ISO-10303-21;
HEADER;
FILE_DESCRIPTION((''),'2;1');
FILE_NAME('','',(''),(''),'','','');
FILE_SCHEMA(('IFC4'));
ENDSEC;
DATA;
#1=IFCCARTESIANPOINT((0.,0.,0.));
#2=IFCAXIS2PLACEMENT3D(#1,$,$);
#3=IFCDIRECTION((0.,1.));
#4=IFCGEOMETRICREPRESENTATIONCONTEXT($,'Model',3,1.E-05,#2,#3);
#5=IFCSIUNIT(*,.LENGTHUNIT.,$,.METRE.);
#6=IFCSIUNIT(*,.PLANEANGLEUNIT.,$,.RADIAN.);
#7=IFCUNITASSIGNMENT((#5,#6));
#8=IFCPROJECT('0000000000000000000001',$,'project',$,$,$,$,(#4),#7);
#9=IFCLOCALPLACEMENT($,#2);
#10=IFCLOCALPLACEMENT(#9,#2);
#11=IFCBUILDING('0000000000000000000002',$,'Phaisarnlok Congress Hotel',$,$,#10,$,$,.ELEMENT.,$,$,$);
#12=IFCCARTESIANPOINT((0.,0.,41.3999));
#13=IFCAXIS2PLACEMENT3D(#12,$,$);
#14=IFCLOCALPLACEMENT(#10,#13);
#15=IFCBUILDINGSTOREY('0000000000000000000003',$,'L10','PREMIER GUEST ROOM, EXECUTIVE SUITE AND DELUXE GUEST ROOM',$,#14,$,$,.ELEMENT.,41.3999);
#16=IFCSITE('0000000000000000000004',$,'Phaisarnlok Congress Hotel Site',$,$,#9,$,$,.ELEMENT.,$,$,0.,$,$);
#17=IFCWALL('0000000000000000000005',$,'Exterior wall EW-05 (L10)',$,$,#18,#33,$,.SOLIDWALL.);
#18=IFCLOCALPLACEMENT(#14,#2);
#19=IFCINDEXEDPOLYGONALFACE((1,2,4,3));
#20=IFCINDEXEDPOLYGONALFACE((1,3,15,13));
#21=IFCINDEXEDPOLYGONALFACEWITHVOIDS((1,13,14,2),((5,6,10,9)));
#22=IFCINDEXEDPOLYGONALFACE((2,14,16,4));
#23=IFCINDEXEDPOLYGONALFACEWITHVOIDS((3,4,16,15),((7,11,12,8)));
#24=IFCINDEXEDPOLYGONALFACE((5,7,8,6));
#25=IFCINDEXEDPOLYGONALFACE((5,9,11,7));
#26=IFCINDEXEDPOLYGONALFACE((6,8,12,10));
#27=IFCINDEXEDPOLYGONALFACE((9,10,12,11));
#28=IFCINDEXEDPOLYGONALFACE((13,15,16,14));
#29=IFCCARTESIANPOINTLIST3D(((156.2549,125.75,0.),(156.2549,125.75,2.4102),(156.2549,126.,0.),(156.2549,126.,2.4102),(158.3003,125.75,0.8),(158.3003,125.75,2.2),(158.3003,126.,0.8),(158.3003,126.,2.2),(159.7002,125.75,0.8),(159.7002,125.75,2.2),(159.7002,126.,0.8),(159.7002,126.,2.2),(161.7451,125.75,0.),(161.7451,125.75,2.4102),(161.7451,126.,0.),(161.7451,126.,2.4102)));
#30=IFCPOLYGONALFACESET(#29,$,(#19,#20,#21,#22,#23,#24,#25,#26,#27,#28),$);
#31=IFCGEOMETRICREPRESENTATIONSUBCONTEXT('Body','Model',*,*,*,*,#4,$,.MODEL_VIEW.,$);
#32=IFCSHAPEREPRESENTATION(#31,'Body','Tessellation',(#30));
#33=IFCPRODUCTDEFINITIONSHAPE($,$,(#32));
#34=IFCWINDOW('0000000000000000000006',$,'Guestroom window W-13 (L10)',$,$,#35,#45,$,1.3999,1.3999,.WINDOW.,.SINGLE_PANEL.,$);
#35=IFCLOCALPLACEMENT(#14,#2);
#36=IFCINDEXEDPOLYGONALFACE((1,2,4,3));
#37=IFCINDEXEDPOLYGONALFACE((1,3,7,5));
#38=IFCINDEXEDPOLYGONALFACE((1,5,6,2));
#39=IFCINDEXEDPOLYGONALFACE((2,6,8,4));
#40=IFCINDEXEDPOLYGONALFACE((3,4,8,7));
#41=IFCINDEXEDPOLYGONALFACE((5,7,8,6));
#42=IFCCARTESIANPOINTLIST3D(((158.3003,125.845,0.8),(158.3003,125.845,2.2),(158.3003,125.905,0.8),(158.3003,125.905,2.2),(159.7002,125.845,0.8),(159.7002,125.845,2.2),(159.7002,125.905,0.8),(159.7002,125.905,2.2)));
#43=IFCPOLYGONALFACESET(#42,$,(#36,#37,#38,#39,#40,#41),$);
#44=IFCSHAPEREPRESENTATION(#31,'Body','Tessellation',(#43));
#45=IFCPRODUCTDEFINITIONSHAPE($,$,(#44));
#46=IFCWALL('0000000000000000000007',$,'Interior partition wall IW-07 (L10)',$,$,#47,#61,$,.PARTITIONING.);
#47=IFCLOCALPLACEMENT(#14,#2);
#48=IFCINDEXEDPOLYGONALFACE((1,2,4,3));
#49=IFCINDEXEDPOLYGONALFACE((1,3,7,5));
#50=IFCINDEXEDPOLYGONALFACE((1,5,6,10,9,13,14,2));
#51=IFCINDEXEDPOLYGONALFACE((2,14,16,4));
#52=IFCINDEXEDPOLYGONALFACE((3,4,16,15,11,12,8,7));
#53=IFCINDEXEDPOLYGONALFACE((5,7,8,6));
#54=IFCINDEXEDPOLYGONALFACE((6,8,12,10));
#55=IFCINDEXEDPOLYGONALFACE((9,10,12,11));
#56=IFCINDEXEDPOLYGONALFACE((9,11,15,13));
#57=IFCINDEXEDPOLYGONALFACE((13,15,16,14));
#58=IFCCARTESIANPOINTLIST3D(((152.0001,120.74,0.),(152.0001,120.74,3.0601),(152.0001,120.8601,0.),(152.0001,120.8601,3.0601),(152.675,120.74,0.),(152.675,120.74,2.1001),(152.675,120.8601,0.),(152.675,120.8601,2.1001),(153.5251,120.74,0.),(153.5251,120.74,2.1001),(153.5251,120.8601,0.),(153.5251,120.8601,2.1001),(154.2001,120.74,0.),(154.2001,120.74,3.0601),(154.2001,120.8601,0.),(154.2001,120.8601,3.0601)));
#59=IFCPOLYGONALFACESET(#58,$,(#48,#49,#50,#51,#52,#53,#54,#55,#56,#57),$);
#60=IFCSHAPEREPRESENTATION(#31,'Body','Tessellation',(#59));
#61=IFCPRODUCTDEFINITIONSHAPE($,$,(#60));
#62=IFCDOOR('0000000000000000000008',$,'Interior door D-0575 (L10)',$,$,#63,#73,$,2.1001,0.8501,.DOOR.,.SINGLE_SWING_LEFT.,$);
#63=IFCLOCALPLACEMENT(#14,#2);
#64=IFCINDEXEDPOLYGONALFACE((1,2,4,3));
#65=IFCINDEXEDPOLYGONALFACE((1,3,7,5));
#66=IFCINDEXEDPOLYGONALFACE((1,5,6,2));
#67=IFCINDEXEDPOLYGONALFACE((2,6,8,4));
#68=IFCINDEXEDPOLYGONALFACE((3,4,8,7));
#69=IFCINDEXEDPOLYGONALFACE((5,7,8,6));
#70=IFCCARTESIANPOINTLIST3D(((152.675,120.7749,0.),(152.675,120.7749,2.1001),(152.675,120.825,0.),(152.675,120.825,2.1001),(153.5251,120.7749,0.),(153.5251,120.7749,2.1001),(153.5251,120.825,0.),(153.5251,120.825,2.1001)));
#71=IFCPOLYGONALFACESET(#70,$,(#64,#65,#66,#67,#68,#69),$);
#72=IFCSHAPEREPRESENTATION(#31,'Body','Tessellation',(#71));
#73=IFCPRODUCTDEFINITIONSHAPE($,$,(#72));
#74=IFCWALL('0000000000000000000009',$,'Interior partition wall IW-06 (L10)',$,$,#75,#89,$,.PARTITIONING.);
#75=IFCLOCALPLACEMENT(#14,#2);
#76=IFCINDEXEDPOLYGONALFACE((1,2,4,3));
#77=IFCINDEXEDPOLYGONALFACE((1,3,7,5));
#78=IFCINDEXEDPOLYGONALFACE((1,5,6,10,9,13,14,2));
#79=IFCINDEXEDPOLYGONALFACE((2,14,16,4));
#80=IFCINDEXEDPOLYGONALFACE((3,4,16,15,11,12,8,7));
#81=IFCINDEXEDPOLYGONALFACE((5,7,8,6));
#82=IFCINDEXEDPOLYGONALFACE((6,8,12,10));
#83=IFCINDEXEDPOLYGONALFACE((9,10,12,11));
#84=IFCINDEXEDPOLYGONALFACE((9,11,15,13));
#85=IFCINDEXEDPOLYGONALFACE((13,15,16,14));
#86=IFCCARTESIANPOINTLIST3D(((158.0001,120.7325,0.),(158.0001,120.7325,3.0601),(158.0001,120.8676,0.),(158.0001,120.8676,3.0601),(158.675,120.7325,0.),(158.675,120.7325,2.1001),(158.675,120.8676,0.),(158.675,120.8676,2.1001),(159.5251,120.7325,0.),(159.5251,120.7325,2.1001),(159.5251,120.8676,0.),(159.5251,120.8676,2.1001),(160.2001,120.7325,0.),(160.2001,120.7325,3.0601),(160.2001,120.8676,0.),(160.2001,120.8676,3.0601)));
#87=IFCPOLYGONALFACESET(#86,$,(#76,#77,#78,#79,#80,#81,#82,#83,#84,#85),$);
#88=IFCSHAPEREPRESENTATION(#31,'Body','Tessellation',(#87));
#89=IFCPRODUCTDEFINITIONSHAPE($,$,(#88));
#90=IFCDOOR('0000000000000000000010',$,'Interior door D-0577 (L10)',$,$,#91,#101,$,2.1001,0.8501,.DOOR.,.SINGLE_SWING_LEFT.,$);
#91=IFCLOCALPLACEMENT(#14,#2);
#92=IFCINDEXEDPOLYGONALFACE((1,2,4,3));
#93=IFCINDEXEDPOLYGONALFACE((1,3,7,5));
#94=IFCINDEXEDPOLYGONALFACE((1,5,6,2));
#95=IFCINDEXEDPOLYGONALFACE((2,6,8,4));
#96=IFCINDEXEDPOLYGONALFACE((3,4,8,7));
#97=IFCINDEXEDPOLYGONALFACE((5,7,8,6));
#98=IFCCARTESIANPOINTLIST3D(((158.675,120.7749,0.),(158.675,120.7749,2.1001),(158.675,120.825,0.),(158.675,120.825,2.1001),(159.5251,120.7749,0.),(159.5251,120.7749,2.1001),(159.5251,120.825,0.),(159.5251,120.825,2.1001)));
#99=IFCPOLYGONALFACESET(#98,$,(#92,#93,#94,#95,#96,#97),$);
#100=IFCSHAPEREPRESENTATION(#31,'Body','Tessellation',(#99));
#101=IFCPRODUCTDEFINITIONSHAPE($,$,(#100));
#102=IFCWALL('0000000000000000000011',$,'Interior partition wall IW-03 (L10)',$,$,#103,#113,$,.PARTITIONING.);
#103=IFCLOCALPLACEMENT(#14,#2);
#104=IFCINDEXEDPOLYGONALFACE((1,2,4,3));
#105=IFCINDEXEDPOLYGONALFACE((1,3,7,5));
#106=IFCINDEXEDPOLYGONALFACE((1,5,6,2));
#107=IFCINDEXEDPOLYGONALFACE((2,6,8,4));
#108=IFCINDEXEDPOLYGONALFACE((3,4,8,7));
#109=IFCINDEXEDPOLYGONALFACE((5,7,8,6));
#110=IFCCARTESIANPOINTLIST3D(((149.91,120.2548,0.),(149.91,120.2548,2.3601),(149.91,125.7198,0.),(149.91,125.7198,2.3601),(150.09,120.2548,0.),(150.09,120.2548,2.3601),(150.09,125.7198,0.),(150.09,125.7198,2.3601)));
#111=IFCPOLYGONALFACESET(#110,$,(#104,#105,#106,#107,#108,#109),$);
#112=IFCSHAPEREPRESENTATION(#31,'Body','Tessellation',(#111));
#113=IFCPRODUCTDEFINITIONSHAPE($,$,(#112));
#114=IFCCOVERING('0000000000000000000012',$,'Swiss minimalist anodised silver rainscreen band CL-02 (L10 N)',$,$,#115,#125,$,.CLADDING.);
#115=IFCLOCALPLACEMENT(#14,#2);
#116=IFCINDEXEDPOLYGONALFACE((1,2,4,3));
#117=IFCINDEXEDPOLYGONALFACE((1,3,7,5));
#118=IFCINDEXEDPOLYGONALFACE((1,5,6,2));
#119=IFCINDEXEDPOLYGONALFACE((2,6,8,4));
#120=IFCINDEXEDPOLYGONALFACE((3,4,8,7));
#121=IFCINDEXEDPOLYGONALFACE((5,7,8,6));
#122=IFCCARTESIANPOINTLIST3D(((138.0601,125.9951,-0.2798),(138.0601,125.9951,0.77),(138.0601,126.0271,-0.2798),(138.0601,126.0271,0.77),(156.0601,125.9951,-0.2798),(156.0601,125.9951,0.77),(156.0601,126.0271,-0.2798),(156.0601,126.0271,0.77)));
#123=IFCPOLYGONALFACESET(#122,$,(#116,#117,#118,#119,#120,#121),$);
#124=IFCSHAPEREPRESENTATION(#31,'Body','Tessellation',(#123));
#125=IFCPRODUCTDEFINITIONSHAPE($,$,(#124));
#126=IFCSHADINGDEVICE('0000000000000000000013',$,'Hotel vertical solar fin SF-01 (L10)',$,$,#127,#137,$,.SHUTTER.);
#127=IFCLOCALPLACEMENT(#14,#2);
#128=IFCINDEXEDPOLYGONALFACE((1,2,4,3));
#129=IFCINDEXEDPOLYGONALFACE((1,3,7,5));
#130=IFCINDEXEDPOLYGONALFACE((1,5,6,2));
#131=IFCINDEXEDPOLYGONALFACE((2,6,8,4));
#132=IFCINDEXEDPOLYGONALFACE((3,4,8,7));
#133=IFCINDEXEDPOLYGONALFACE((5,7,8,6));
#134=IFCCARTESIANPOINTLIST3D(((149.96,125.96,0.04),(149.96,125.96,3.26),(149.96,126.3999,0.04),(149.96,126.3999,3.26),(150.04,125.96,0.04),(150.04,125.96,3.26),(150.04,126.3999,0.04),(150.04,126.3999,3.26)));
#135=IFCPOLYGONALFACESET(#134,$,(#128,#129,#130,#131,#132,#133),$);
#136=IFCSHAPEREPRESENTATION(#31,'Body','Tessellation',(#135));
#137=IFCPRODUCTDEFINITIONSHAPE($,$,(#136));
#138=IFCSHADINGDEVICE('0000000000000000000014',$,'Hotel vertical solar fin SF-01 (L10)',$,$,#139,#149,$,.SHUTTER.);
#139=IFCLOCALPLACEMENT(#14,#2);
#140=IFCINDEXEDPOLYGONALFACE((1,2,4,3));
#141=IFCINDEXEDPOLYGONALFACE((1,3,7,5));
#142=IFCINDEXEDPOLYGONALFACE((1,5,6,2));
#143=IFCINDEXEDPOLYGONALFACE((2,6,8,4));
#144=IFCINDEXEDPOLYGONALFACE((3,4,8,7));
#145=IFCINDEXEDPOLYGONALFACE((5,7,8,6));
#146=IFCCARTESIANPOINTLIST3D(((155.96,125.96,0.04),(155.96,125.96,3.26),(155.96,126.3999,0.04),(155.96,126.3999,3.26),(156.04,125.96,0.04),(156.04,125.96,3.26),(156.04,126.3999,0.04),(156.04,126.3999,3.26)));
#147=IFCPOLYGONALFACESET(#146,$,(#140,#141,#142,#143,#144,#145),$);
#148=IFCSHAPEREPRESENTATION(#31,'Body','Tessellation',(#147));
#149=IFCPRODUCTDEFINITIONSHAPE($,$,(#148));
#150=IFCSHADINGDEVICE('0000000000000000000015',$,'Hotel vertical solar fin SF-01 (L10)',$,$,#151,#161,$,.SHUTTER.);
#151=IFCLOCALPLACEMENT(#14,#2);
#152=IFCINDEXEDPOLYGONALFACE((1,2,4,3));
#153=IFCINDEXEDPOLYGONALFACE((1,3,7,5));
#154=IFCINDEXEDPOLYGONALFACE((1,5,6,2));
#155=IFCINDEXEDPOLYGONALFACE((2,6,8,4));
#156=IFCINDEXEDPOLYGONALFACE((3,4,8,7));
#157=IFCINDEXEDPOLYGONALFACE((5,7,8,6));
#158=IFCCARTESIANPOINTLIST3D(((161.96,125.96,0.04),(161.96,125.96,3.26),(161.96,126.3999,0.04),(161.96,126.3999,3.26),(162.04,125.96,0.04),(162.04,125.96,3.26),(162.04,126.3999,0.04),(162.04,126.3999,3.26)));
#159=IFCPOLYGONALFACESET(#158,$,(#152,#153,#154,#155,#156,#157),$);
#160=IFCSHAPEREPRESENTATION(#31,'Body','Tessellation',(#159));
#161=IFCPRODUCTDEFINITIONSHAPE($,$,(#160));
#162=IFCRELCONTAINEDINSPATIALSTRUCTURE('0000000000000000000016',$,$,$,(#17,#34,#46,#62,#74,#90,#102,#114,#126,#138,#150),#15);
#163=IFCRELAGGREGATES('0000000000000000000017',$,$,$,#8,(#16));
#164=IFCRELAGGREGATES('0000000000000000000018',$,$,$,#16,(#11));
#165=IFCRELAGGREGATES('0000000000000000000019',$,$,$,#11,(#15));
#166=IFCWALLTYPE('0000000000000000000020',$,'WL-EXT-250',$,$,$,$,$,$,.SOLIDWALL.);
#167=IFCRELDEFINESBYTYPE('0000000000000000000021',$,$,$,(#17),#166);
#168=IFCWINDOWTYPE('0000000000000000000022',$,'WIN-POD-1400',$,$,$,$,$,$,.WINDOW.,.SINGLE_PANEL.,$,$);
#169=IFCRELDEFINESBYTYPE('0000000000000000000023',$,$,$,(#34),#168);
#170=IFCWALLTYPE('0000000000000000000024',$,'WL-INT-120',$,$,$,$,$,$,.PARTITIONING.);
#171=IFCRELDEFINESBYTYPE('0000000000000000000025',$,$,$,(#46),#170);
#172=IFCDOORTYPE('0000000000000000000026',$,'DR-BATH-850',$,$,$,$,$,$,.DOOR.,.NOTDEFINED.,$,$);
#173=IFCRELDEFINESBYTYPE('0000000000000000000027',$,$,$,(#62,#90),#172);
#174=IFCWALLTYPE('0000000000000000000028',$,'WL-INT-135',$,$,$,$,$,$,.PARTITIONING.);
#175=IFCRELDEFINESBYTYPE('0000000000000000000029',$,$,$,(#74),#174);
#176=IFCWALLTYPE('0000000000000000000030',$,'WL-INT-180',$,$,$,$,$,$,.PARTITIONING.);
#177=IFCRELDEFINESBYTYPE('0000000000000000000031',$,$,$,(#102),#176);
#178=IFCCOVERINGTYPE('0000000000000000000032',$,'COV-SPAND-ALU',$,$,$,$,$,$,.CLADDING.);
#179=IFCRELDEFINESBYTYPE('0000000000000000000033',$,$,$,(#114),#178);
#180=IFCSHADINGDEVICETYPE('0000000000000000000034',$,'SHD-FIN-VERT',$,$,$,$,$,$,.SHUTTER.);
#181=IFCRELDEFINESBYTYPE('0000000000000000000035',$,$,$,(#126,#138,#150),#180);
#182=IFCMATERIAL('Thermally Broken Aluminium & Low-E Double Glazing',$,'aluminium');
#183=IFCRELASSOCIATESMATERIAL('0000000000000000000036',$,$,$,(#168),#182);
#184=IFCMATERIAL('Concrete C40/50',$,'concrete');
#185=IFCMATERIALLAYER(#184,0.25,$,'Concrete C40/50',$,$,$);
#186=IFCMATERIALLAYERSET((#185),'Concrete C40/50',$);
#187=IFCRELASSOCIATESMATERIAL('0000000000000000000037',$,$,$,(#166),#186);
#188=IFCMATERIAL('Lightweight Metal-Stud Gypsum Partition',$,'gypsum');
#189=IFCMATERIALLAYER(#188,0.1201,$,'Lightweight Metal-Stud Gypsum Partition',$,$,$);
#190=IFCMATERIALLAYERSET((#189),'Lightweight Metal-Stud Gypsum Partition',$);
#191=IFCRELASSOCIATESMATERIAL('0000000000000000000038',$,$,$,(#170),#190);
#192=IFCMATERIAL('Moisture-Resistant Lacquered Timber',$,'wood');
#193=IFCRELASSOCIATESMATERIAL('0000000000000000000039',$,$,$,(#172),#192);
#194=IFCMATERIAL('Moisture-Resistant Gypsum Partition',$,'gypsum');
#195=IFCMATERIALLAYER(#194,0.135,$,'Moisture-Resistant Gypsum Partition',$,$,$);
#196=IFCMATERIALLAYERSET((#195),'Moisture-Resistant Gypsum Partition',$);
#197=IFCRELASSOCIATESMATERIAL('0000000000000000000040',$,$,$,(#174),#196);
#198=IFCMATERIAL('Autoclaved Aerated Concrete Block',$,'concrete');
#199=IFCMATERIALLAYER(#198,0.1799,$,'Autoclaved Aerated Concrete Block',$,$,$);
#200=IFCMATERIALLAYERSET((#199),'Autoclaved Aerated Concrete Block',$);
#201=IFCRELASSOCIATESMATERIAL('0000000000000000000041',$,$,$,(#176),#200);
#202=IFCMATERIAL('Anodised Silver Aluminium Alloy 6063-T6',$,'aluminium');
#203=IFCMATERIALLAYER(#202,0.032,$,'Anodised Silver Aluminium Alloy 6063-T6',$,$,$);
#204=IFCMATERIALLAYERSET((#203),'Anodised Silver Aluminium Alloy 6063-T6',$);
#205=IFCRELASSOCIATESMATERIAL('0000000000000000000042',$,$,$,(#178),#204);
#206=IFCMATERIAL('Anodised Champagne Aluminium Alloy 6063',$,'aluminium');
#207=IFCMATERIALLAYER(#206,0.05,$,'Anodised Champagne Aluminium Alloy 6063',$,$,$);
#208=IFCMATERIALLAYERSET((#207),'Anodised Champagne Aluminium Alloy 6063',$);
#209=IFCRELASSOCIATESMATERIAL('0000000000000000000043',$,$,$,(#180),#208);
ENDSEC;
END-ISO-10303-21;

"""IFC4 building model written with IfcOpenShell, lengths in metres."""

from ifc_helpers import new_model, si_unit, direction, frame, frame_2d, origin, origin_2d, place, context, subcontext, project, spatial, polyline, rectangle, outline, extrude, material, layer, layer_set, type_object, element, fill, save


model = new_model("IFC4")

# Units and contexts
model_context = context("Model", 3, precision=1e-05, world=origin(), true_north=direction((0.0, 1.0)))
body_context = subcontext(model_context, "Body", "Model", "MODEL_VIEW")
ifc_project = project(units=[si_unit("LENGTHUNIT", "METRE"), si_unit("PLANEANGLEUNIT", "RADIAN")], contexts=[model_context])

# Site, building, storey
site_placement = place(None, origin())
site = spatial("IfcSite", under=ifc_project, at=site_placement, Name="Phaisarnlok Congress Hotel Site", CompositionType="ELEMENT", RefElevation=0.0)
building_placement = place(site_placement, origin())
building = spatial("IfcBuilding", under=site, at=building_placement, Name="Phaisarnlok Congress Hotel", CompositionType="ELEMENT")
storey_placement = place(building_placement, frame((0.0, 0.0, 41.3999)))
storey = spatial("IfcBuildingStorey", under=building, at=storey_placement, Name="L10", Description="PREMIER GUEST ROOM, EXECUTIVE SUITE AND DELUXE GUEST ROOM", CompositionType="ELEMENT", Elevation=41.3999)

# Shared definitions
ifc_material_1 = material(Name="Concrete C40/50", Category="concrete")

# Wall, opening, window
ifc_material_2 = material(Name="Thermally Broken Aluminium & Low-E Double Glazing", Category="aluminium")
window_type = type_object("IfcWindowType", Name="WIN-POD-1400", PartitioningType="SINGLE_PANEL", PredefinedType="WINDOW", material=ifc_material_2)
ifc_layer_1 = layer(ifc_material_1, 0.25, Name="Concrete C40/50")
ifc_layer_set_1 = layer_set([ifc_layer_1], Name="Concrete C40/50")
wall_type_1 = type_object("IfcWallType", Name="WL-EXT-250", PredefinedType="SOLIDWALL", material=ifc_layer_set_1)
wall_1_placement = place(storey_placement, frame((161.7451, 125.875, 0.0), z_axis=(0.0, 0.0, 1.0), x_axis=(-1.0, 0.0, 0.0)))
wall_1 = element("IfcWall", 1, at=wall_1_placement, inside=storey, type_object=wall_type_1, Name="Exterior wall EW-05 (L10)", PredefinedType="SOLIDWALL", context=body_context, shape_type="SweptSolid", body=[
    extrude(rectangle(XDim=5.4902, YDim=0.25, at=frame_2d((2.7451, 0.0))), origin(), (0.0, 0.0, 1.0), 2.4102),
])
opening_1_placement = place(wall_1_placement, frame((2.0449, 0.0, 0.8)))
opening_1 = element("IfcOpeningElement", 2, at=opening_1_placement, cuts=wall_1, PredefinedType="OPENING", context=body_context, shape_type="SweptSolid", body=[
    extrude(rectangle(XDim=1.3999, YDim=1.3999, at=frame_2d((0.7, 0.7))), frame((0.0, 0.135, 0.0), z_axis=(0.0, -1.0, 0.0), x_axis=(1.0, 0.0, 0.0)), (0.0, 0.0, 1.0), 0.27),
])
window_1_placement = place(opening_1_placement, origin())
window_1 = element("IfcWindow", 3, at=window_1_placement, inside=storey, type_object=window_type, Name="Guestroom window W-13 (L10)", OverallHeight=1.3999, OverallWidth=1.3999, PartitioningType="SINGLE_PANEL", PredefinedType="WINDOW", context=body_context, shape_type="SweptSolid", body=[
    extrude(rectangle(XDim=1.3999, YDim=1.3999, at=frame_2d((0.7, 0.7))), frame((0.0, 0.03, 0.0), z_axis=(0.0, -1.0, 0.0), x_axis=(1.0, 0.0, 0.0)), (0.0, 0.0, 1.0), 0.0601),
])
fill(opening_1, window_1)

# Walls, openings, doors
ifc_material_3 = material(Name="Lightweight Metal-Stud Gypsum Partition", Category="gypsum")
ifc_layer_2 = layer(ifc_material_3, 0.1201, Name="Lightweight Metal-Stud Gypsum Partition")
ifc_layer_set_2 = layer_set([ifc_layer_2], Name="Lightweight Metal-Stud Gypsum Partition")
wall_type_2 = type_object("IfcWallType", Name="WL-INT-120", PredefinedType="PARTITIONING", material=ifc_layer_set_2)
wall_2_placement = place(storey_placement, frame((152.0, 120.8, 0.0), z_axis=(0.0, 0.0, 1.0), x_axis=(1.0, 0.0, 0.0)))
wall_2 = element("IfcWall", 4, at=wall_2_placement, inside=storey, type_object=wall_type_2, Name="Interior partition wall IW-07 (L10)", PredefinedType="PARTITIONING", context=body_context, shape_type="SweptSolid", body=[
    extrude(rectangle(XDim=2.2, YDim=0.1201, at=frame_2d((1.1001, 0.0))), origin(), (0.0, 0.0, 1.0), 3.0601),
])
opening_2_placement = place(wall_2_placement, frame((0.675, 0.0, 0.0)))
opening_2 = element("IfcOpeningElement", 5, at=opening_2_placement, cuts=wall_2, PredefinedType="OPENING", context=body_context, shape_type="SweptSolid", body=[
    extrude(rectangle(XDim=0.8501, YDim=2.1001, at=frame_2d((0.425, 1.05))), frame((0.0, 0.0701, 0.0), z_axis=(0.0, -1.0, 0.0), x_axis=(1.0, 0.0, 0.0)), (0.0, 0.0, 1.0), 0.1401),
])
ifc_material_4 = material(Name="Moisture-Resistant Lacquered Timber", Category="wood")
door_type = type_object("IfcDoorType", Name="DR-BATH-850", OperationType="NOTDEFINED", PredefinedType="DOOR", material=ifc_material_4)
door_1_placement = place(opening_2_placement, origin())
door_1 = element("IfcDoor", 6, at=door_1_placement, inside=storey, type_object=door_type, Name="Interior door D-0575 (L10)", OperationType="SINGLE_SWING_LEFT", OverallHeight=2.1001, OverallWidth=0.8501, PredefinedType="DOOR", context=body_context, shape_type="SweptSolid", body=[
    extrude(rectangle(XDim=0.8501, YDim=2.1001, at=frame_2d((0.425, 1.05))), frame((0.0, 0.0249, 0.0), z_axis=(0.0, -1.0, 0.0), x_axis=(1.0, 0.0, 0.0)), (0.0, 0.0, 1.0), 0.05),
])
fill(opening_2, door_1)
ifc_material_5 = material(Name="Moisture-Resistant Gypsum Partition", Category="gypsum")
ifc_layer_3 = layer(ifc_material_5, 0.135, Name="Moisture-Resistant Gypsum Partition")
ifc_layer_set_3 = layer_set([ifc_layer_3], Name="Moisture-Resistant Gypsum Partition")
wall_type_3 = type_object("IfcWallType", Name="WL-INT-135", PredefinedType="PARTITIONING", material=ifc_layer_set_3)
wall_3_placement = place(storey_placement, frame((158.0, 120.8, 0.0), z_axis=(0.0, 0.0, 1.0), x_axis=(1.0, 0.0, 0.0)))
wall_3 = element("IfcWall", 7, at=wall_3_placement, inside=storey, type_object=wall_type_3, Name="Interior partition wall IW-06 (L10)", PredefinedType="PARTITIONING", context=body_context, shape_type="SweptSolid", body=[
    extrude(rectangle(XDim=2.2, YDim=0.135, at=frame_2d((1.1001, 0.0))), origin(), (0.0, 0.0, 1.0), 3.0601),
])
opening_3_placement = place(wall_3_placement, frame((0.675, 0.0, 0.0)))
opening_3 = element("IfcOpeningElement", 8, at=opening_3_placement, cuts=wall_3, PredefinedType="OPENING", context=body_context, shape_type="SweptSolid", body=[
    extrude(rectangle(XDim=0.8501, YDim=2.1001, at=frame_2d((0.425, 1.05))), frame((0.0, 0.0776, 0.0), z_axis=(0.0, -1.0, 0.0), x_axis=(1.0, 0.0, 0.0)), (0.0, 0.0, 1.0), 0.155),
])
door_2_placement = place(opening_3_placement, origin())
door_2 = element("IfcDoor", 9, at=door_2_placement, inside=storey, type_object=door_type, Name="Interior door D-0577 (L10)", OperationType="SINGLE_SWING_LEFT", OverallHeight=2.1001, OverallWidth=0.8501, PredefinedType="DOOR", context=body_context, shape_type="SweptSolid", body=[
    extrude(rectangle(XDim=0.8501, YDim=2.1001, at=frame_2d((0.425, 1.05))), frame((0.0, 0.0249, 0.0), z_axis=(0.0, -1.0, 0.0), x_axis=(1.0, 0.0, 0.0)), (0.0, 0.0, 1.0), 0.05),
])
fill(opening_3, door_2)

# Wall
ifc_material_6 = material(Name="Autoclaved Aerated Concrete Block", Category="concrete")
ifc_layer_4 = layer(ifc_material_6, 0.1799, Name="Autoclaved Aerated Concrete Block")
ifc_layer_set_4 = layer_set([ifc_layer_4], Name="Autoclaved Aerated Concrete Block")
wall_type_4 = type_object("IfcWallType", Name="WL-INT-180", PredefinedType="PARTITIONING", material=ifc_layer_set_4)
wall_4_placement = place(storey_placement, frame((150.0, 120.2549, 0.0), z_axis=(0.0, 0.0, 1.0), x_axis=(0.0, 1.0, 0.0)))
element("IfcWall", 10, at=wall_4_placement, inside=storey, type_object=wall_type_4, Name="Interior partition wall IW-03 (L10)", PredefinedType="PARTITIONING", context=body_context, shape_type="SweptSolid", body=[
    extrude(rectangle(XDim=5.4651, YDim=0.1799, at=frame_2d((2.7324, 0.0))), origin(), (0.0, 0.0, 1.0), 2.3601),
])

# Covering
ifc_material_7 = material(Name="Anodised Silver Aluminium Alloy 6063-T6", Category="aluminium")
ifc_layer_5 = layer(ifc_material_7, 0.032, Name="Anodised Silver Aluminium Alloy 6063-T6")
ifc_layer_set_5 = layer_set([ifc_layer_5], Name="Anodised Silver Aluminium Alloy 6063-T6")
covering_type = type_object("IfcCoveringType", Name="COV-SPAND-ALU", PredefinedType="CLADDING", material=ifc_layer_set_5)
covering_placement = place(storey_placement, frame((156.0601, 125.9951, -0.2798), z_axis=(0.0, 1.0, 0.0), x_axis=(-1.0, 0.0, 0.0)))
element("IfcCovering", 11, at=covering_placement, inside=storey, type_object=covering_type, Name="Swiss minimalist anodised silver rainscreen band CL-02 (L10 N)", PredefinedType="CLADDING", context=body_context, shape_type="SweptSolid", body=[
    extrude(outline(polyline([(0.0, 0.0), (18.0, 0.0), (18.0, 1.0498), (0.0, 1.0498), (0.0, 0.0)])), origin(), (0.0, 0.0, 1.0), 0.032),
])

# Shading devices
ifc_material_8 = material(Name="Anodised Champagne Aluminium Alloy 6063", Category="aluminium")
ifc_layer_6 = layer(ifc_material_8, 0.05, Name="Anodised Champagne Aluminium Alloy 6063")
ifc_layer_set_6 = layer_set([ifc_layer_6], Name="Anodised Champagne Aluminium Alloy 6063")
shading_device_type = type_object("IfcShadingDeviceType", Name="SHD-FIN-VERT", PredefinedType="SHUTTER", material=ifc_layer_set_6)
for number, where, z_axis, x_axis, name in (
    (12, (150.0, 126.1799, 0.04), (0.0, 0.0, 1.0), (1.0, 0.0, 0.0), "Hotel vertical solar fin SF-01 (L10)"),
    (13, (156.0, 126.1799, 0.04), (0.0, 0.0, 1.0), (1.0, 0.0, 0.0), "Hotel vertical solar fin SF-01 (L10)"),
    (14, (162.0, 126.1799, 0.04), (0.0, 0.0, 1.0), (1.0, 0.0, 0.0), "Hotel vertical solar fin SF-01 (L10)"),
):
    element("IfcShadingDevice", number, at=place(storey_placement, frame(where, z_axis=z_axis, x_axis=x_axis)), inside=storey, type_object=shading_device_type, Name=name, PredefinedType="SHUTTER", context=body_context, shape_type="SweptSolid", body=[
        extrude(rectangle(XDim=0.0801, YDim=0.4399, at=origin_2d()), origin(), (0.0, 0.0, 1.0), 3.22),
    ])

save(model, "model.ifc")
